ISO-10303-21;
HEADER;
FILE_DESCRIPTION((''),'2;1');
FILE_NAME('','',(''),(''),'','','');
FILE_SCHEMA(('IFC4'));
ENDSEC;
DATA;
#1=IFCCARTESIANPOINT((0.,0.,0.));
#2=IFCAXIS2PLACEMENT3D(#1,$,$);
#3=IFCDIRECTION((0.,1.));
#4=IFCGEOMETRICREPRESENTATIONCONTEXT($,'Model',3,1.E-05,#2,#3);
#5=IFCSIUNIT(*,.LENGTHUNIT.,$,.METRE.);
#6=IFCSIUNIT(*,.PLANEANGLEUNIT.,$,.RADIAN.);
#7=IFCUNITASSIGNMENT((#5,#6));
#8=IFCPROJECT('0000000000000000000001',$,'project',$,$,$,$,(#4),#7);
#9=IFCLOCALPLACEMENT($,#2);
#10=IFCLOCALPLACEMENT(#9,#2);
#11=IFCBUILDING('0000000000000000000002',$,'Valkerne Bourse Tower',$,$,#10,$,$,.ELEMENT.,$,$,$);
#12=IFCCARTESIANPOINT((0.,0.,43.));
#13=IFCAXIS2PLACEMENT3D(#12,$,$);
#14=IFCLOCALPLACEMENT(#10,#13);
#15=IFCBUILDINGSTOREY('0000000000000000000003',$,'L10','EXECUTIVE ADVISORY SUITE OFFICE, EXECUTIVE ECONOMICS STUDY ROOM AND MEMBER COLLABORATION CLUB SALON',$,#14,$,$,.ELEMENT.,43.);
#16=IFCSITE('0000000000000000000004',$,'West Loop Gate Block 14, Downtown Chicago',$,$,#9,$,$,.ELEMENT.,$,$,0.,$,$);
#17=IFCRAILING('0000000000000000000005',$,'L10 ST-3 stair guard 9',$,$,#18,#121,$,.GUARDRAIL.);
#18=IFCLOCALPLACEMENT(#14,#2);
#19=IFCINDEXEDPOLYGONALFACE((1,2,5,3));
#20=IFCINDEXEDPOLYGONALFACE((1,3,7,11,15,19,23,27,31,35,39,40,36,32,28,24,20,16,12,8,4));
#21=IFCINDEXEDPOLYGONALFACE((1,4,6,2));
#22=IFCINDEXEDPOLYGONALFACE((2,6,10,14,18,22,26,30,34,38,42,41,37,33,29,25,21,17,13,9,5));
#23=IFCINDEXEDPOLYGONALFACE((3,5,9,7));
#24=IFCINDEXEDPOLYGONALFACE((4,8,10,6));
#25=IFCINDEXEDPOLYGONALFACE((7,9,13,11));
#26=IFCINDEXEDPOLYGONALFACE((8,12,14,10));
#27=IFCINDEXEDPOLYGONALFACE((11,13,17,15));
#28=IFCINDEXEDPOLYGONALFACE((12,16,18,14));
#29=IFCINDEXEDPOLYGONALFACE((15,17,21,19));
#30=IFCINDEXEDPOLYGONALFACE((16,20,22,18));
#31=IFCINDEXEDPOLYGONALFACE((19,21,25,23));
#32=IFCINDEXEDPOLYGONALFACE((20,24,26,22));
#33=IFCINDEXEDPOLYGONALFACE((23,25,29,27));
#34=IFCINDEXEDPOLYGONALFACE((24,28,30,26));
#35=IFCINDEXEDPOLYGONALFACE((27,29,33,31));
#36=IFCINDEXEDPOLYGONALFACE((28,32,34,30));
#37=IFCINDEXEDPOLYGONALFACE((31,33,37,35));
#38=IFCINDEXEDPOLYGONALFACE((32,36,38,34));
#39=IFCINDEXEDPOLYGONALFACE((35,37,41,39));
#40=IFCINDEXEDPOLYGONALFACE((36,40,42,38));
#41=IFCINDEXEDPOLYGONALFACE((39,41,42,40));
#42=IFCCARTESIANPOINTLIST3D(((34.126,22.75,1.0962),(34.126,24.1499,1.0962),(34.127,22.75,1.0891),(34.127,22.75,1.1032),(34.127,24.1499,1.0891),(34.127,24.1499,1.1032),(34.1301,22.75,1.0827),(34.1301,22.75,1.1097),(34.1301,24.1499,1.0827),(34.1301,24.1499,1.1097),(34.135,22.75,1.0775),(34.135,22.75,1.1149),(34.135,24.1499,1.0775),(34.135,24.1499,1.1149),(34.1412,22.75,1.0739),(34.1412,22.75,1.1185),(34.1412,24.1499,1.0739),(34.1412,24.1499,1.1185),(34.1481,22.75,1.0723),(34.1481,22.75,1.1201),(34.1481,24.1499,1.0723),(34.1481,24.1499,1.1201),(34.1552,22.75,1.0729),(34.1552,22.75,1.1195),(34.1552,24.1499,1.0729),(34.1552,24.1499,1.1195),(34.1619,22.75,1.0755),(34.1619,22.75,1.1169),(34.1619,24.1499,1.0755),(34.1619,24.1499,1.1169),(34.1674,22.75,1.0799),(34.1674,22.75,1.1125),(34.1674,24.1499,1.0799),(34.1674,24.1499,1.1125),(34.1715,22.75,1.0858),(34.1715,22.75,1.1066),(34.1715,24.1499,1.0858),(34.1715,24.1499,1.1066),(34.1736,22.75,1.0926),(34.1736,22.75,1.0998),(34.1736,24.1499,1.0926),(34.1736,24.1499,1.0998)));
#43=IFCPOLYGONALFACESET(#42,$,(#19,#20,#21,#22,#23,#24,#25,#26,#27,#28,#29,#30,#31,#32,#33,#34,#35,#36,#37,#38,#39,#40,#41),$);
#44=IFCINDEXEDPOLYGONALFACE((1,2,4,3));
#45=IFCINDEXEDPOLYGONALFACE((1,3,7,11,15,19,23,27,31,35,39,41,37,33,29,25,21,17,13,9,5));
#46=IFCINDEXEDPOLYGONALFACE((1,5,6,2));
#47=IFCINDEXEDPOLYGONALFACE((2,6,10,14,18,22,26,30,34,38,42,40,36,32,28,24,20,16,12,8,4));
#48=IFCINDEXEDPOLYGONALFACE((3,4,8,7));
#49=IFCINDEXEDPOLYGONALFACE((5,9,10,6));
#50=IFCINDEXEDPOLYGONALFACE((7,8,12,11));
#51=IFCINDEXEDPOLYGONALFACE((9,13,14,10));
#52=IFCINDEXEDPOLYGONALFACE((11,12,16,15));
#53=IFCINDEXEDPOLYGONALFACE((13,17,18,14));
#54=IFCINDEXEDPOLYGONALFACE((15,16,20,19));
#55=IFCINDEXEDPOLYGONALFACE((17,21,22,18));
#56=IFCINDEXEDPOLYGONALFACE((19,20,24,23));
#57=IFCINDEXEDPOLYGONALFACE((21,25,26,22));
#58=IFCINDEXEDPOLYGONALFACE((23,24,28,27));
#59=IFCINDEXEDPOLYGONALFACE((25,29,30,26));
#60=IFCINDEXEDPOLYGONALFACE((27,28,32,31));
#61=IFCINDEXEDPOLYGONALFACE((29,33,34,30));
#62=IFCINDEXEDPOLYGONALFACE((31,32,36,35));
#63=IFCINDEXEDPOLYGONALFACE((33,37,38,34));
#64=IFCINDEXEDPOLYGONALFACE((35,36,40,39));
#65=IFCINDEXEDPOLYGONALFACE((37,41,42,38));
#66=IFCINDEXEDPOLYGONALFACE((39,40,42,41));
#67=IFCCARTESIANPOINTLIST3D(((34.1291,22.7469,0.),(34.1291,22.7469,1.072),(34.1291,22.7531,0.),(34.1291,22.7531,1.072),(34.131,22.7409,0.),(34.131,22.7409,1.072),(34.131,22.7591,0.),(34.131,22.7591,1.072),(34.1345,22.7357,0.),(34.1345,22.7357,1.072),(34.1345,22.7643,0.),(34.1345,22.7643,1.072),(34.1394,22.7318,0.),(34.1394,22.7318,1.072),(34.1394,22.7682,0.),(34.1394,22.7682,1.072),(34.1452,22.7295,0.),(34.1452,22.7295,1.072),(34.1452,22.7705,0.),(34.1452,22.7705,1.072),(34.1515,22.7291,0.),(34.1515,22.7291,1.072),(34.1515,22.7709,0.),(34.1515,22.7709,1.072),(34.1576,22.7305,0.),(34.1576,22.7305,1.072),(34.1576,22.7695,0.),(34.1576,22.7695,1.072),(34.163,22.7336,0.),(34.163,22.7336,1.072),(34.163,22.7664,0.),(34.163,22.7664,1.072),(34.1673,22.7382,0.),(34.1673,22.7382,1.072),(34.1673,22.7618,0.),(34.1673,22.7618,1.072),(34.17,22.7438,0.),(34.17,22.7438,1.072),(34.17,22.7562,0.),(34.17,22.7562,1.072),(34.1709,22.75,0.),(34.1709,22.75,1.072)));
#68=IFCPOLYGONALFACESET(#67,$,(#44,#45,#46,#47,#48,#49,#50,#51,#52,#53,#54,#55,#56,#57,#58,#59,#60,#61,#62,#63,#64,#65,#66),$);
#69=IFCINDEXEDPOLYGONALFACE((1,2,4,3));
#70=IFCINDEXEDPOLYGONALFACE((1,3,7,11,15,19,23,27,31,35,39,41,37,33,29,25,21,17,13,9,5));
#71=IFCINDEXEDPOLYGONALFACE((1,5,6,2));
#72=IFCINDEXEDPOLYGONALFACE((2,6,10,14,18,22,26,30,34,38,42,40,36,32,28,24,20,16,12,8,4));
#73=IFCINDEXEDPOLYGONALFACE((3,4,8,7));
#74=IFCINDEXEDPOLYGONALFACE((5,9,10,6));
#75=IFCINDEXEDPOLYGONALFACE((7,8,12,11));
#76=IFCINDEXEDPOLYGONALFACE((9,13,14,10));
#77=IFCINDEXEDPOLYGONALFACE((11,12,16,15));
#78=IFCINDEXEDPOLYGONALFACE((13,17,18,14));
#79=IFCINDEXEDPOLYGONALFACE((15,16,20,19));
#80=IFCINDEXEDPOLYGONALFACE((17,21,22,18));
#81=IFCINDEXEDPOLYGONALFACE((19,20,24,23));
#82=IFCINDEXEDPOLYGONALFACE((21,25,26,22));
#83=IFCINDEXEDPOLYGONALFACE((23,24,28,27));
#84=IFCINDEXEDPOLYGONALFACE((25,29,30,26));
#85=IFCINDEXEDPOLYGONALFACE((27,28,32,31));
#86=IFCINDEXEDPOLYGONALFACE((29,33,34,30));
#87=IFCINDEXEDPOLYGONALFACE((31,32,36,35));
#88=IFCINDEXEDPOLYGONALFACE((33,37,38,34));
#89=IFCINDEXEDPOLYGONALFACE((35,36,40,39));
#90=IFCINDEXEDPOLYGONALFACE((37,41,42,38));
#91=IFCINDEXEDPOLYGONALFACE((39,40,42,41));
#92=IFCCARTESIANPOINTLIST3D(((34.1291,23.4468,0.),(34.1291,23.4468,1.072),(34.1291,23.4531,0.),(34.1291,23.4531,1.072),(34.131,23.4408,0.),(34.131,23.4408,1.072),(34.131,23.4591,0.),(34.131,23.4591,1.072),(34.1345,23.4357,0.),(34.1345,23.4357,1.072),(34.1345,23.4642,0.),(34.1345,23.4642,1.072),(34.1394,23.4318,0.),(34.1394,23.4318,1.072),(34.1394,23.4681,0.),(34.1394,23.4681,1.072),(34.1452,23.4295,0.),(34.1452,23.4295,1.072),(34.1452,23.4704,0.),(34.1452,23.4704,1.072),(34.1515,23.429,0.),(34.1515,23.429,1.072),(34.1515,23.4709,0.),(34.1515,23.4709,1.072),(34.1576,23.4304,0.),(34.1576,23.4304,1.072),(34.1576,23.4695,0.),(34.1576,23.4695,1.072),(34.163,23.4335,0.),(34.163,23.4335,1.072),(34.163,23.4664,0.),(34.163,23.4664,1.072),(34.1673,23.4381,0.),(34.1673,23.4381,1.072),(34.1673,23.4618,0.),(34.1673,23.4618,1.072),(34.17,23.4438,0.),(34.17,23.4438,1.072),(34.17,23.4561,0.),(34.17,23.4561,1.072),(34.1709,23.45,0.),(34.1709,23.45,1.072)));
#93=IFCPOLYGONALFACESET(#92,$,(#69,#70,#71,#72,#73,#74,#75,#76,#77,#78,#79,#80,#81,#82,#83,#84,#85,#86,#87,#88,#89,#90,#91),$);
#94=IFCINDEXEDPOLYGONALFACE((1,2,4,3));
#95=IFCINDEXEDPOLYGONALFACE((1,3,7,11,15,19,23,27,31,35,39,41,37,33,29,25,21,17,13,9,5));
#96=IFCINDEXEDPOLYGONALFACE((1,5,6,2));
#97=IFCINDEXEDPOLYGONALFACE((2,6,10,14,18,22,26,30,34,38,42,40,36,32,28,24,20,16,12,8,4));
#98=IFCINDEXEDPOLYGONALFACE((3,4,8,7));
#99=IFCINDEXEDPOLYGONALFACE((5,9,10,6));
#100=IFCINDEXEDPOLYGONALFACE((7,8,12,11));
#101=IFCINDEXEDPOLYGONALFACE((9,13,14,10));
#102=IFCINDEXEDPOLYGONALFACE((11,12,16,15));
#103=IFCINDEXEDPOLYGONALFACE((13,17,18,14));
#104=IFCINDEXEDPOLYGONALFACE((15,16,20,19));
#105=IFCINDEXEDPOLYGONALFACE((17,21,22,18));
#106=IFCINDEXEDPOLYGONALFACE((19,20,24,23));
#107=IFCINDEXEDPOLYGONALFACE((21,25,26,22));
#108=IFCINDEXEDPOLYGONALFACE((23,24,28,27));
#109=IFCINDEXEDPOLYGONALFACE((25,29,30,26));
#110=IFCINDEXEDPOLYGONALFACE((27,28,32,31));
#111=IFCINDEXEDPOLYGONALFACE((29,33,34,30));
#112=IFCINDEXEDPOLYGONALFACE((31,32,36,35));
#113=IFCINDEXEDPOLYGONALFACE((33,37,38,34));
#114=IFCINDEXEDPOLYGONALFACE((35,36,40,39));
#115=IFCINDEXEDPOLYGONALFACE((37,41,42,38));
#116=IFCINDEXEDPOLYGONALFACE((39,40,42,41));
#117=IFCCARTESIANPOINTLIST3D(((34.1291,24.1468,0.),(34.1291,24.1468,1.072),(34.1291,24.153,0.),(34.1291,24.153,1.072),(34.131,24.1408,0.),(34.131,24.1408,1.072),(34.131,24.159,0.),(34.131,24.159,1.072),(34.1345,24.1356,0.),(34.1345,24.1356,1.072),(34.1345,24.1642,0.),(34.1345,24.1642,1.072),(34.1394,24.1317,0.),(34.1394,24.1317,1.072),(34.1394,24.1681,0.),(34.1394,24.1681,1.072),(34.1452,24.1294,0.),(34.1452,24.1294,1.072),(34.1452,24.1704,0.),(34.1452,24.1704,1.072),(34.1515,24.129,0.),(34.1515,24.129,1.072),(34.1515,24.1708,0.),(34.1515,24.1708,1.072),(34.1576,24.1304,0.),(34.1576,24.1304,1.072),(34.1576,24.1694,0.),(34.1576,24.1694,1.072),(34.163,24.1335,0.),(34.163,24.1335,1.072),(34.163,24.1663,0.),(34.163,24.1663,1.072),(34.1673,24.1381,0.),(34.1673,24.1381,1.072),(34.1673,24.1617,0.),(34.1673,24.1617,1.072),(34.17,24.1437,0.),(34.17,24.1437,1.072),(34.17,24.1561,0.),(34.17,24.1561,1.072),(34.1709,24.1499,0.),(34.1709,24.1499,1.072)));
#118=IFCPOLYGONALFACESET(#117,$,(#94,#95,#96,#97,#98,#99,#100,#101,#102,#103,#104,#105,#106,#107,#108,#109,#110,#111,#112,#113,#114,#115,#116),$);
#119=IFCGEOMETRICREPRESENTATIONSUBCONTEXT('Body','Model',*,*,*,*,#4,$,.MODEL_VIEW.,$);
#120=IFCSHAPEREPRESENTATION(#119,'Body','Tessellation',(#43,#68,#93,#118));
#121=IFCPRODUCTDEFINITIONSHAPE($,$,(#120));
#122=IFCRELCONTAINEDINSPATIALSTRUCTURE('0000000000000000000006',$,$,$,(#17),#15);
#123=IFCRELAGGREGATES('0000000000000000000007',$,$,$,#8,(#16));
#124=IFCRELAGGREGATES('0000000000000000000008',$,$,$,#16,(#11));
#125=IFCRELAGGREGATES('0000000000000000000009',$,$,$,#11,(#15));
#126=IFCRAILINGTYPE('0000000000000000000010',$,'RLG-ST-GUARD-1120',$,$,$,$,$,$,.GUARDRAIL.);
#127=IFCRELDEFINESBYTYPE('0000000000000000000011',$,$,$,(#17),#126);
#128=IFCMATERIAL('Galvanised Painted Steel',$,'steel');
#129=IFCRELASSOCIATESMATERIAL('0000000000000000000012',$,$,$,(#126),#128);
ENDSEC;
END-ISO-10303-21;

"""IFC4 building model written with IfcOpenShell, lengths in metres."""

from ifc_helpers import new_model, si_unit, direction, frame, origin, origin_2d, place, context, subcontext, project, spatial, circle, extrude, material, type_object, element, save


model = new_model("IFC4")

# Units and contexts
model_context = context("Model", 3, precision=1e-05, world=origin(), true_north=direction((0.0, 1.0)))
body_context = subcontext(model_context, "Body", "Model", "MODEL_VIEW")
ifc_project = project(units=[si_unit("LENGTHUNIT", "METRE"), si_unit("PLANEANGLEUNIT", "RADIAN")], contexts=[model_context])

# Site, building, storey
site_placement = place(None, origin())
site = spatial("IfcSite", under=ifc_project, at=site_placement, Name="West Loop Gate Block 14, Downtown Chicago", CompositionType="ELEMENT", RefElevation=0.0)
building_placement = place(site_placement, origin())
building = spatial("IfcBuilding", under=site, at=building_placement, Name="Valkerne Bourse Tower", CompositionType="ELEMENT")
storey_placement = place(building_placement, frame((0.0, 0.0, 43.0)))
storey = spatial("IfcBuildingStorey", under=building, at=storey_placement, Name="L10", Description="EXECUTIVE ADVISORY SUITE OFFICE, EXECUTIVE ECONOMICS STUDY ROOM AND MEMBER COLLABORATION CLUB SALON", CompositionType="ELEMENT", Elevation=43.0)

# Shared definitions
ifc_material_1 = material(Name="Galvanised Painted Steel", Category="steel")

# Railing
railing_type_1 = type_object("IfcRailingType", Name="RLG-ST-GUARD-1120", PredefinedType="GUARDRAIL", material=ifc_material_1)
for number, where, name in (
    (1, (34.1499, 22.75, 0.0), "L10 ST-3 stair guard 9"),
):
    element("IfcRailing", number, at=place(storey_placement, frame(where)), inside=storey, type_object=railing_type_1, Name=name, PredefinedType="GUARDRAIL", context=body_context, shape_type="SweptSolid", body=[
        extrude(circle(Radius=0.0239, at=origin_2d()), frame((0.0, 0.0, 1.0962), z_axis=(0.0, 1.0, 0.0), x_axis=(-1.0, 0.0, 0.0)), (0.0, 0.0, 1.0), 1.3999),
        extrude(circle(Radius=0.021, at=origin_2d()), origin(), (0.0, 0.0, 1.0), 1.072),
        extrude(circle(Radius=0.021, at=origin_2d()), frame((0.0, 0.7, 0.0)), (0.0, 0.0, 1.0), 1.072),
        extrude(circle(Radius=0.021, at=origin_2d()), frame((0.0, 1.3999, 0.0)), (0.0, 0.0, 1.0), 1.072),
    ])

save(model, "model.ifc")
